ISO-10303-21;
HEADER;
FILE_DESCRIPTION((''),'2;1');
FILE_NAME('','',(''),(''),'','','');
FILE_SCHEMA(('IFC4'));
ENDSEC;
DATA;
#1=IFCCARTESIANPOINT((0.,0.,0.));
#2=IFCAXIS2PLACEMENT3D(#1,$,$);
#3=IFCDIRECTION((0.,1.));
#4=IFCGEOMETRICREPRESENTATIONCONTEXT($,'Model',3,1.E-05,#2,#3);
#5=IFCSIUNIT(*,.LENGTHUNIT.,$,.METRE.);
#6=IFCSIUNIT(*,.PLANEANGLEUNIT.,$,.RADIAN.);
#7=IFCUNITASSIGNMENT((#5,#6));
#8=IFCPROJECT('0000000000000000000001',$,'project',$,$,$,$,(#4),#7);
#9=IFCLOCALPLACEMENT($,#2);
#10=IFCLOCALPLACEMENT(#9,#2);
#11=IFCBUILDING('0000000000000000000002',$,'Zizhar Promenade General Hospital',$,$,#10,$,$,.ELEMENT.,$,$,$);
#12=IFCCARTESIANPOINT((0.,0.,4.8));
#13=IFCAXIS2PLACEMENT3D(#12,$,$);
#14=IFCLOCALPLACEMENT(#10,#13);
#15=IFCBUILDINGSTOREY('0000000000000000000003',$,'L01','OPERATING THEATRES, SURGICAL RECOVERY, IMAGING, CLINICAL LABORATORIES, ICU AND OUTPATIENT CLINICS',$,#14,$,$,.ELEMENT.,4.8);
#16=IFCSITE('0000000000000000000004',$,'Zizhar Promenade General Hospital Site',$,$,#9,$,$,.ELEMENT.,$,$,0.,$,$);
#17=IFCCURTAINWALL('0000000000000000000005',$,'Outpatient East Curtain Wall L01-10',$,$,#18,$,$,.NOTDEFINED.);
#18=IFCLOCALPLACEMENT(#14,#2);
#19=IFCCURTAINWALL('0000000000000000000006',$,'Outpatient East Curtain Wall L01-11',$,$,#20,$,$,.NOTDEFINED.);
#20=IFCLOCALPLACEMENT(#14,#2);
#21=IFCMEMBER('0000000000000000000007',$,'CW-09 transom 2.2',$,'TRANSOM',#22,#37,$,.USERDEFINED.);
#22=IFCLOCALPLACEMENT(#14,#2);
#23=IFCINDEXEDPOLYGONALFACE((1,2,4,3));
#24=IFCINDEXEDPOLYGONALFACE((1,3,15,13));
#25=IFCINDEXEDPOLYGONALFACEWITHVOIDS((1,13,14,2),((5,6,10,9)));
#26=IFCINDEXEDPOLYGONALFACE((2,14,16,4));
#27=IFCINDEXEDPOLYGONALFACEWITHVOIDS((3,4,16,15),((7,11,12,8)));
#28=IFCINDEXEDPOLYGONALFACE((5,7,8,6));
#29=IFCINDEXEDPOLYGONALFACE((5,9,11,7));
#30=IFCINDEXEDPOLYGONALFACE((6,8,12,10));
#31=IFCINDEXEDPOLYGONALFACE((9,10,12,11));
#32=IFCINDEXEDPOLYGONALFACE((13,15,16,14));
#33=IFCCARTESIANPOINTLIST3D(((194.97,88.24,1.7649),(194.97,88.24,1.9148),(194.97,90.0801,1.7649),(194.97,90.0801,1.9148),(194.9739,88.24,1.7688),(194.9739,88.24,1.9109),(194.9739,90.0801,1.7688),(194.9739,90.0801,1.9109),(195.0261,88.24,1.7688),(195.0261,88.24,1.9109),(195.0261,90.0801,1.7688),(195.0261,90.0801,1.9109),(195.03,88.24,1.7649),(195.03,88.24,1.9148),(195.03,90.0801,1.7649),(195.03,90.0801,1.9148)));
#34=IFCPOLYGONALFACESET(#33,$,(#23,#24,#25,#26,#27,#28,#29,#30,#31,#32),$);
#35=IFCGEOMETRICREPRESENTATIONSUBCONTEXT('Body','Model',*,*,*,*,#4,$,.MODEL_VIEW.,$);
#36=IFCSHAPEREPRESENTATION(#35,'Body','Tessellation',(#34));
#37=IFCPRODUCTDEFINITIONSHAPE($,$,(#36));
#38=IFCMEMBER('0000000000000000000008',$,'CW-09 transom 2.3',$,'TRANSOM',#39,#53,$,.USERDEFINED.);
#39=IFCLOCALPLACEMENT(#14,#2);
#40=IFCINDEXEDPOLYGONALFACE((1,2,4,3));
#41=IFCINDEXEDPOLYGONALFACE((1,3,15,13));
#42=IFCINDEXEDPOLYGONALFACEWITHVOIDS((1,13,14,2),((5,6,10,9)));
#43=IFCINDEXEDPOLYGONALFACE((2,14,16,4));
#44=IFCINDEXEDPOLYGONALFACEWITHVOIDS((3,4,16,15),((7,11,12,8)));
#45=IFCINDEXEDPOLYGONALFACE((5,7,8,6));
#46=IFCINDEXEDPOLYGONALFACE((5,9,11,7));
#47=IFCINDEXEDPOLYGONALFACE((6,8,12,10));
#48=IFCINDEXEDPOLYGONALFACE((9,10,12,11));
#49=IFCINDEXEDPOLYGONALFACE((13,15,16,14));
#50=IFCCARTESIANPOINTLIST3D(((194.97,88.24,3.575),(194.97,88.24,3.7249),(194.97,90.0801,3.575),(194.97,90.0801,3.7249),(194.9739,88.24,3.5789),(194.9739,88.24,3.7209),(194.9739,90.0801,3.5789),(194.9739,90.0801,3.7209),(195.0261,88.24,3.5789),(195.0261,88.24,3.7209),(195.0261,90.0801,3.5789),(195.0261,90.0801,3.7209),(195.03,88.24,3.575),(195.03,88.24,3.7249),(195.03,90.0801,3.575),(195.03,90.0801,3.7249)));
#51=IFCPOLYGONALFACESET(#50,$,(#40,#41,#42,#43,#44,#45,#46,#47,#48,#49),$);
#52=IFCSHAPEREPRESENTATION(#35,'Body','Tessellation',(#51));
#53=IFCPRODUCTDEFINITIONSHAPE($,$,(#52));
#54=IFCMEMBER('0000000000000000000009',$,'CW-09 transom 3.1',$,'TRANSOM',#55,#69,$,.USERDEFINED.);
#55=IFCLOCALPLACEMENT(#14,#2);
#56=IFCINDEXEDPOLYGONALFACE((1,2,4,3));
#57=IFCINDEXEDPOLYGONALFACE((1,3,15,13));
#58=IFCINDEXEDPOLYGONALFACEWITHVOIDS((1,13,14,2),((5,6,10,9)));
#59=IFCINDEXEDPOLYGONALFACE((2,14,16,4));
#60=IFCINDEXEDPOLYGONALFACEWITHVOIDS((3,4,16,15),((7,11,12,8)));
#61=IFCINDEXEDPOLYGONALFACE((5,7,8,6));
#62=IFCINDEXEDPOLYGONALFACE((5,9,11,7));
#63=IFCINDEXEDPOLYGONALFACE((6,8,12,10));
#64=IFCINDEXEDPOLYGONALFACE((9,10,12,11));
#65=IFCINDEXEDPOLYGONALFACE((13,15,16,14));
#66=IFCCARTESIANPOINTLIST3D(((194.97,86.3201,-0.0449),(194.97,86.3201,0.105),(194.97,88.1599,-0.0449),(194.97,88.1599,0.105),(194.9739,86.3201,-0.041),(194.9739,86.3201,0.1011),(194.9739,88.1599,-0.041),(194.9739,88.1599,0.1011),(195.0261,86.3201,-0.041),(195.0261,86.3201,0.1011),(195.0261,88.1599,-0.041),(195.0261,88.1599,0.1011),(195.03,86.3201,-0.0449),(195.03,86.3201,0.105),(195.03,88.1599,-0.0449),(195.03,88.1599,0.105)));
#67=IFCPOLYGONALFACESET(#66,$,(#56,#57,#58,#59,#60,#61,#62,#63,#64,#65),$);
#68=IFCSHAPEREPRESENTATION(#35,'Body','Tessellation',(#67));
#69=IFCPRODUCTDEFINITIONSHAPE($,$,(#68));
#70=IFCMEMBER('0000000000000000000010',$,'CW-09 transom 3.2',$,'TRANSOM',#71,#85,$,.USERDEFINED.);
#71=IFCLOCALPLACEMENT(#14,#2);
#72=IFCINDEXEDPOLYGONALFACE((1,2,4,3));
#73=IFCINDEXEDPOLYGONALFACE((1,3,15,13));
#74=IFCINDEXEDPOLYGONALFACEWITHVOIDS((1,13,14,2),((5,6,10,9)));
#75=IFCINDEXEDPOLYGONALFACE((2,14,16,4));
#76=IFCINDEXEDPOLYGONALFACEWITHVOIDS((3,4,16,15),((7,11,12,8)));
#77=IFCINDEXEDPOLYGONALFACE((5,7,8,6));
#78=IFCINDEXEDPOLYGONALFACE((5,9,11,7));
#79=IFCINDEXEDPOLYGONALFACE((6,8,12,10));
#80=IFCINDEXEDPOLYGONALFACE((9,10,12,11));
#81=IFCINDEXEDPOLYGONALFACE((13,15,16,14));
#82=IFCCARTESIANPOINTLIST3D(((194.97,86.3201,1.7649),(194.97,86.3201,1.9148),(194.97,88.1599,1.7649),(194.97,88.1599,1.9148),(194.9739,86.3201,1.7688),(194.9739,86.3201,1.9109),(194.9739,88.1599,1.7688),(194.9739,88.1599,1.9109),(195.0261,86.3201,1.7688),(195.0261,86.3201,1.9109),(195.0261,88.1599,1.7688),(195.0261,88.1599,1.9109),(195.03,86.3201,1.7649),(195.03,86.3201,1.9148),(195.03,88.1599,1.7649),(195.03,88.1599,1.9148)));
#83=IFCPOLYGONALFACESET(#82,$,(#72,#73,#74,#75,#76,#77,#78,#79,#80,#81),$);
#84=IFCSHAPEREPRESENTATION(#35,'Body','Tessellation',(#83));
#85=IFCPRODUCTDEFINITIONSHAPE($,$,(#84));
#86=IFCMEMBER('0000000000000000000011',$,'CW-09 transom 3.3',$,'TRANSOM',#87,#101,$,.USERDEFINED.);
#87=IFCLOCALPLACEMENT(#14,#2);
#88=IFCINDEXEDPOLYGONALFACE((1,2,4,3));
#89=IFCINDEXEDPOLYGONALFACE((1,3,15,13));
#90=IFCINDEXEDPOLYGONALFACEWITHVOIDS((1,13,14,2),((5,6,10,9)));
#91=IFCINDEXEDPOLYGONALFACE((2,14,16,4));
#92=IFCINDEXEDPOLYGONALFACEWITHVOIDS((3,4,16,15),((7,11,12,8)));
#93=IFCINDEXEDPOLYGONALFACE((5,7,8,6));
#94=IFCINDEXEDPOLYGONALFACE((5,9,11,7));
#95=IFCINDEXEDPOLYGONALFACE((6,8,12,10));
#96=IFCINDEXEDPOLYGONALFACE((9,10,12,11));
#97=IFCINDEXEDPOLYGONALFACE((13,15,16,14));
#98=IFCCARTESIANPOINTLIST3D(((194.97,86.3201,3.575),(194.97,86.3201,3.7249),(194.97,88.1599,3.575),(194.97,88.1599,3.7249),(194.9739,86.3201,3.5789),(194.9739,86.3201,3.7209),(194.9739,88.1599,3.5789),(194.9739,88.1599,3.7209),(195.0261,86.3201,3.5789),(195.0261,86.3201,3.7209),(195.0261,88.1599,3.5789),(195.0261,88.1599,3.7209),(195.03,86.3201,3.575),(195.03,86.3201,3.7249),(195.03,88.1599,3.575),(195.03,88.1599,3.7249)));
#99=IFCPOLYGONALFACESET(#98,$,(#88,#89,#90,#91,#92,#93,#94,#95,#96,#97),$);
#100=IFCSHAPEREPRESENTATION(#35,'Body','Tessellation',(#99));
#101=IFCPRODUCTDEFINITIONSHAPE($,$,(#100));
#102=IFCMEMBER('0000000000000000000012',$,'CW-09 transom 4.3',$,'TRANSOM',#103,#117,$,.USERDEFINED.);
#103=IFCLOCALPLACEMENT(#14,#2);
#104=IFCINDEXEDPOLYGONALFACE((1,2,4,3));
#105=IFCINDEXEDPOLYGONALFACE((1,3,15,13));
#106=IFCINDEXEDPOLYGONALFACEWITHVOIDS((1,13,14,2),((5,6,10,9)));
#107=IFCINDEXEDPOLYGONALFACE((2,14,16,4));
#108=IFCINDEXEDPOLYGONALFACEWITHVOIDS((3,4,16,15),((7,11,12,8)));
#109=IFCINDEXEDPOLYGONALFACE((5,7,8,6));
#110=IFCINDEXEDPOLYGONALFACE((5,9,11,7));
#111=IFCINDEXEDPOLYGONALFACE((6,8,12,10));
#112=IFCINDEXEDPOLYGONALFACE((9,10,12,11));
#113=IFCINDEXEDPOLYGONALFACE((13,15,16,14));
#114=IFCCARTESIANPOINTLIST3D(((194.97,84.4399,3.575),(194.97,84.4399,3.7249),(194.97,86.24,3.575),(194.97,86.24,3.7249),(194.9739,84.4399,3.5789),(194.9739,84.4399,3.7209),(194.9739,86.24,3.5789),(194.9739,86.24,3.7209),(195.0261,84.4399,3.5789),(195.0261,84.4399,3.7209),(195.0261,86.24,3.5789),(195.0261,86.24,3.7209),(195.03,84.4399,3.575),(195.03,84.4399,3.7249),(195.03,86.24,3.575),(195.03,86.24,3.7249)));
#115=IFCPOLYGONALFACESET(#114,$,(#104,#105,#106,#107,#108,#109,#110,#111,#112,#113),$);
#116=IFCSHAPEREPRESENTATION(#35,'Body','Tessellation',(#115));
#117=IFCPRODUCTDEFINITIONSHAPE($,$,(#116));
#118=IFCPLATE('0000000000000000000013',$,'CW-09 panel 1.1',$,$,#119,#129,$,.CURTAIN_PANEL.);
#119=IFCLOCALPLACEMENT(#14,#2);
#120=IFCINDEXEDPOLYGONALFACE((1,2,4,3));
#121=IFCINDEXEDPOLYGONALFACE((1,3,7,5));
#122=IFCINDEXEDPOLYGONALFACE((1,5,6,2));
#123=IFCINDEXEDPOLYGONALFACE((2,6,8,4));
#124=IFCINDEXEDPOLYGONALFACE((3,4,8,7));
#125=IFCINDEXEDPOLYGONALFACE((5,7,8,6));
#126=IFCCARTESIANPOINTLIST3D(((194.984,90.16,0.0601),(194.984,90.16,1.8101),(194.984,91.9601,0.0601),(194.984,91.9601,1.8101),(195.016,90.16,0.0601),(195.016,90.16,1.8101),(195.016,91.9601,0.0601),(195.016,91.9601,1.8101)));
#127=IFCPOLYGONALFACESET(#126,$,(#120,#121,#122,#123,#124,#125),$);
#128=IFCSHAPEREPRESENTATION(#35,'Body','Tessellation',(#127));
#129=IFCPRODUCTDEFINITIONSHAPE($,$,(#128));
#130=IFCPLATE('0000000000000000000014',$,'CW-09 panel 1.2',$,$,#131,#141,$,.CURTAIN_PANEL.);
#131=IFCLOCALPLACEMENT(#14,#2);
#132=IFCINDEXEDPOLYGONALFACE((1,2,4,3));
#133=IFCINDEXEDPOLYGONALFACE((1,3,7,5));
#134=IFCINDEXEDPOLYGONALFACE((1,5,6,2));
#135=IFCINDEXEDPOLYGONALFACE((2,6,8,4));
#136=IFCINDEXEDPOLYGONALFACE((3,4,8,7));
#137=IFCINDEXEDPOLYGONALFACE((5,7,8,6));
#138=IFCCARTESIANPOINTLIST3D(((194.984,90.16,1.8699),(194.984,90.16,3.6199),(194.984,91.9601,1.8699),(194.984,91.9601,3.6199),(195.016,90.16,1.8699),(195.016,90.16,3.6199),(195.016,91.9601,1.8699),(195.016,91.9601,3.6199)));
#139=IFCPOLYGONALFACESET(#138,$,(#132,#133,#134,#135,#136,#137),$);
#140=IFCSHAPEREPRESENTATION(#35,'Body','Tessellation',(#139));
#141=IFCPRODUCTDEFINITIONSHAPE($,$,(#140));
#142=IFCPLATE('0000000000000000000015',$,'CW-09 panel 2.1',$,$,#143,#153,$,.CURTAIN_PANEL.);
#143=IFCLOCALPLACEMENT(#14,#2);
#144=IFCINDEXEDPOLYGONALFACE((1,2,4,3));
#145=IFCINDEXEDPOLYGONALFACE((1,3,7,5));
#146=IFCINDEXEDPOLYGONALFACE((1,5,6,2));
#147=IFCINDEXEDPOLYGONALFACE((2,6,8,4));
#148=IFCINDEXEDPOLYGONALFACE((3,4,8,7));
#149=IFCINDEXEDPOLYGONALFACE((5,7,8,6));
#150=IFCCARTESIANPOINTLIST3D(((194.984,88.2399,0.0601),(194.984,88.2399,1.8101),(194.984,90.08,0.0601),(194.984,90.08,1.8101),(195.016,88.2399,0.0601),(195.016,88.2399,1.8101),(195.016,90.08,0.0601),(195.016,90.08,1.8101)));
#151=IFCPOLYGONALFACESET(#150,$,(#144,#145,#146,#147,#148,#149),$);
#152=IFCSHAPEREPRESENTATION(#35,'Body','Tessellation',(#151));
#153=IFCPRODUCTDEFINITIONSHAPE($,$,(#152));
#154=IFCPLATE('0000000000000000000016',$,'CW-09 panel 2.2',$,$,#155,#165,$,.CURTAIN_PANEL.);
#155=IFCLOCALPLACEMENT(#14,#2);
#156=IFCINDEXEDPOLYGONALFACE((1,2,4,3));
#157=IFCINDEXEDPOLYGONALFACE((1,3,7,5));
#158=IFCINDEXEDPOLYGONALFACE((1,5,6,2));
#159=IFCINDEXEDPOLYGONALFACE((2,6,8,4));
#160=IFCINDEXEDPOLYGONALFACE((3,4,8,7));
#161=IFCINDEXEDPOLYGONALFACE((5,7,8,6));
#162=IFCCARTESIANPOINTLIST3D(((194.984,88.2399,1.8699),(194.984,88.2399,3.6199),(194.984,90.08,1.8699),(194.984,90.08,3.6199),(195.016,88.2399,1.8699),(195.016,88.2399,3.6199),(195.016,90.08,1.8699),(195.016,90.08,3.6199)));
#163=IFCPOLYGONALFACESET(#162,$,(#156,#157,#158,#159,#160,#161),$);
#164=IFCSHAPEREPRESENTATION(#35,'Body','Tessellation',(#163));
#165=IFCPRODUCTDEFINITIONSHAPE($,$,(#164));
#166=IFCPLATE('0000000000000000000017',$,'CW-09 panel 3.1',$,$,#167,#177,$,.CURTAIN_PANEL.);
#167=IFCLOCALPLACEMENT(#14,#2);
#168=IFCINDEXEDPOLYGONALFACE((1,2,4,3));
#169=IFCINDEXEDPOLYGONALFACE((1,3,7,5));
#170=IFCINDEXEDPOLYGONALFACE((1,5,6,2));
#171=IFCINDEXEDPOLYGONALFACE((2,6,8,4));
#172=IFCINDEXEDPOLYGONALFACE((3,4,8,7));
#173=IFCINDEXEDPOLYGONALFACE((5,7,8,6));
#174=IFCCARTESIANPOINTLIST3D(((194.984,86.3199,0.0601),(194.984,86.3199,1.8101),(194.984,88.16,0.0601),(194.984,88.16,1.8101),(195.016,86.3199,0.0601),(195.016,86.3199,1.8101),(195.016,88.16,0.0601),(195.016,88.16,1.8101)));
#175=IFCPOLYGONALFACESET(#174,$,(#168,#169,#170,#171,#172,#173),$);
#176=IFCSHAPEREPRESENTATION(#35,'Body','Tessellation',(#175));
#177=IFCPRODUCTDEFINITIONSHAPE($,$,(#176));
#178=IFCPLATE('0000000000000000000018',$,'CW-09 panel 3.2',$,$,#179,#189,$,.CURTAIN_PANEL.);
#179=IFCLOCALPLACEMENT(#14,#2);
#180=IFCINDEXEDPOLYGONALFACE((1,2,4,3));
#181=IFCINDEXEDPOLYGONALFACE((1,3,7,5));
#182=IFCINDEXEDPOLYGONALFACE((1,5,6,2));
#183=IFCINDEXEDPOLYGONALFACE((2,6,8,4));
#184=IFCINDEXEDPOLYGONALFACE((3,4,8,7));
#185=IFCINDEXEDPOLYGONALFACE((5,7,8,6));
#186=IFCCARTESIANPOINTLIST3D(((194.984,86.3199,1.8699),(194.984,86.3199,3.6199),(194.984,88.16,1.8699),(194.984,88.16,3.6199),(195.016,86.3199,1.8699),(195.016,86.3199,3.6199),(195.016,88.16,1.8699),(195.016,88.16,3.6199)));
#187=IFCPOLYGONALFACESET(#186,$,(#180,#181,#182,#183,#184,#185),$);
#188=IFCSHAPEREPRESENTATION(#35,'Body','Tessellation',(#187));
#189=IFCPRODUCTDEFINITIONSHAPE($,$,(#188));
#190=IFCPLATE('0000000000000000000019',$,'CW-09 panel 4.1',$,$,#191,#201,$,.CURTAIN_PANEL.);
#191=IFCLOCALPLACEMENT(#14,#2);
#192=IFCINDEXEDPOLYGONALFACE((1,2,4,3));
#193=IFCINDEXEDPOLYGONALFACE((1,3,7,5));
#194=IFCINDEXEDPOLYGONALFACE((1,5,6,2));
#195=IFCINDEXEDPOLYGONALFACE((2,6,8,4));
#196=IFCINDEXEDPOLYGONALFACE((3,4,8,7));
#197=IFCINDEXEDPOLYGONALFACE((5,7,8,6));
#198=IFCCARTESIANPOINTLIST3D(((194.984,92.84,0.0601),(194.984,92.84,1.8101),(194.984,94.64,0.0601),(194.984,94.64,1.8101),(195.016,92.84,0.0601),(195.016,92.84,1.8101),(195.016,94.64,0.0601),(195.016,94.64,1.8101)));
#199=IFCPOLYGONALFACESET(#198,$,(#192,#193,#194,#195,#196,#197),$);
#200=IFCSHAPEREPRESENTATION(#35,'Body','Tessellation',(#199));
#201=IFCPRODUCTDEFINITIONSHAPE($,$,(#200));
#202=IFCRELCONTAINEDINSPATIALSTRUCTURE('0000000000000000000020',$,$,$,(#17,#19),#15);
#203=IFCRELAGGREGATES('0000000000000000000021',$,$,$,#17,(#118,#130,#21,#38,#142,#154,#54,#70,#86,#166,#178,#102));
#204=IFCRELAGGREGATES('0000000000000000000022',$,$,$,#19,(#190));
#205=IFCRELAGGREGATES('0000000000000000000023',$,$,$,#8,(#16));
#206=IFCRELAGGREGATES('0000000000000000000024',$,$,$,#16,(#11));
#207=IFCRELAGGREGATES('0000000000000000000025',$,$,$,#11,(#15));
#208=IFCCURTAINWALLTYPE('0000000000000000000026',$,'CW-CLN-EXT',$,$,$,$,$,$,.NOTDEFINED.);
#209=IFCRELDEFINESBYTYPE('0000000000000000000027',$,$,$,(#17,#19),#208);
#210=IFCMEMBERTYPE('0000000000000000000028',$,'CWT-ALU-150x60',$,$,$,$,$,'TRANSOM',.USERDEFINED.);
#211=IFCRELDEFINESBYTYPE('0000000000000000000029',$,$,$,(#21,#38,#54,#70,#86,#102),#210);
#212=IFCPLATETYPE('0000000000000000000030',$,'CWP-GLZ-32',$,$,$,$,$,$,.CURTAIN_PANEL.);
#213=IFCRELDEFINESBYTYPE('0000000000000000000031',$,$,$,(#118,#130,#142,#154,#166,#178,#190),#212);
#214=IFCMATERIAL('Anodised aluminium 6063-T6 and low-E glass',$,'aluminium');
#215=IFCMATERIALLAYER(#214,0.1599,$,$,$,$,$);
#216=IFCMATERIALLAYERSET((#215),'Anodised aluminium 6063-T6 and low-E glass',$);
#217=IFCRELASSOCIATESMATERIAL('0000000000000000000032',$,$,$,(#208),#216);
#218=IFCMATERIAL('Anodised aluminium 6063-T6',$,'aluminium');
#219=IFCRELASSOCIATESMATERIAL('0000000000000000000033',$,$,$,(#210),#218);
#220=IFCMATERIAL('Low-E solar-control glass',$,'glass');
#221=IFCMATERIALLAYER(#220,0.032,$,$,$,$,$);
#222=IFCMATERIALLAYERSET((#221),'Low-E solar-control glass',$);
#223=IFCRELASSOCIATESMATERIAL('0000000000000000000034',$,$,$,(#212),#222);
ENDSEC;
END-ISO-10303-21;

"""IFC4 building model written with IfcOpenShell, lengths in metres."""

from ifc_helpers import new_model, si_unit, direction, frame, origin, origin_2d, place, context, subcontext, project, spatial, rectangle, hollow_rectangle, extrude, material, layer, layer_set, material_profile, profile_set, type_object, element, aggregate, save


model = new_model("IFC4")

# Units and contexts
model_context = context("Model", 3, precision=1e-05, world=origin(), true_north=direction((0.0, 1.0)))
body_context = subcontext(model_context, "Body", "Model", "MODEL_VIEW")
ifc_project = project(units=[si_unit("LENGTHUNIT", "METRE"), si_unit("PLANEANGLEUNIT", "RADIAN")], contexts=[model_context])

# Site, building, storey
site_placement = place(None, origin())
site = spatial("IfcSite", under=ifc_project, at=site_placement, Name="Zizhar Promenade General Hospital Site", CompositionType="ELEMENT", RefElevation=0.0)
building_placement = place(site_placement, origin())
building = spatial("IfcBuilding", under=site, at=building_placement, Name="Zizhar Promenade General Hospital", CompositionType="ELEMENT")
storey_placement = place(building_placement, frame((0.0, 0.0, 4.8)))
storey = spatial("IfcBuildingStorey", under=building, at=storey_placement, Name="L01", Description="OPERATING THEATRES, SURGICAL RECOVERY, IMAGING, CLINICAL LABORATORIES, ICU AND OUTPATIENT CLINICS", CompositionType="ELEMENT", Elevation=4.8)

# Curtain wall
ifc_material_1 = material(Name="Anodised aluminium 6063-T6 and low-E glass", Category="aluminium")
ifc_layer_1 = layer(ifc_material_1, 0.1599)
ifc_layer_set_1 = layer_set([ifc_layer_1], Name="Anodised aluminium 6063-T6 and low-E glass")
curtain_wall_type = type_object("IfcCurtainWallType", Name="CW-CLN-EXT", PredefinedType="NOTDEFINED", material=ifc_layer_set_1)
curtain_wall_1_placement = place(storey_placement, origin())
curtain_wall_1 = element("IfcCurtainWall", 1, at=curtain_wall_1_placement, inside=storey, type_object=curtain_wall_type, Name="Outpatient East Curtain Wall L01-10", PredefinedType="NOTDEFINED")

# Curtain wall
curtain_wall_2_placement = place(storey_placement, origin())
curtain_wall_2 = element("IfcCurtainWall", 2, at=curtain_wall_2_placement, inside=storey, type_object=curtain_wall_type, Name="Outpatient East Curtain Wall L01-11", PredefinedType="NOTDEFINED")

# Members
ifc_material_2 = material(Name="Anodised aluminium 6063-T6", Category="aluminium")
ifc_material_profile_1 = material_profile(ifc_material_2, hollow_rectangle(XDim=0.0601, YDim=0.1499, WallThickness=0.0039, at=origin_2d()))
ifc_profile_set_1 = profile_set([ifc_material_profile_1], Name="Anodised aluminium 6063-T6")
member_type_1 = type_object("IfcMemberType", Name="CWT-ALU-150x60", ElementType="TRANSOM", PredefinedType="USERDEFINED", material=ifc_profile_set_1)
member_1_placement = place(storey_placement, frame((195.0, 90.0801, 1.8398), z_axis=(0.0, -1.0, 0.0), x_axis=(1.0, 0.0, 0.0)))
member_1 = element("IfcMember", 3, at=member_1_placement, type_object=member_type_1, Name="CW-09 transom 2.2", ObjectType="TRANSOM", PredefinedType="USERDEFINED", context=body_context, shape_type="SweptSolid", body=[
    extrude(hollow_rectangle(XDim=0.0601, YDim=0.1499, WallThickness=0.0039, at=origin_2d()), origin(), (0.0, 0.0, 1.0), 1.8401),
])
member_2_placement = place(storey_placement, frame((195.0, 90.0801, 3.6499), z_axis=(0.0, -1.0, 0.0), x_axis=(1.0, 0.0, 0.0)))
member_2 = element("IfcMember", 4, at=member_2_placement, type_object=member_type_1, Name="CW-09 transom 2.3", ObjectType="TRANSOM", PredefinedType="USERDEFINED", context=body_context, shape_type="SweptSolid", body=[
    extrude(hollow_rectangle(XDim=0.0601, YDim=0.1499, WallThickness=0.0039, at=origin_2d()), origin(), (0.0, 0.0, 1.0), 1.8401),
])
member_3_placement = place(storey_placement, frame((195.0, 88.1599, 0.03), z_axis=(0.0, -1.0, 0.0), x_axis=(1.0, 0.0, 0.0)))
member_3 = element("IfcMember", 5, at=member_3_placement, type_object=member_type_1, Name="CW-09 transom 3.1", ObjectType="TRANSOM", PredefinedType="USERDEFINED", context=body_context, shape_type="SweptSolid", body=[
    extrude(hollow_rectangle(XDim=0.0601, YDim=0.1499, WallThickness=0.0039, at=origin_2d()), origin(), (0.0, 0.0, 1.0), 1.8398),
])
member_4_placement = place(storey_placement, frame((195.0, 88.1599, 1.8398), z_axis=(0.0, -1.0, 0.0), x_axis=(1.0, 0.0, 0.0)))
member_4 = element("IfcMember", 6, at=member_4_placement, type_object=member_type_1, Name="CW-09 transom 3.2", ObjectType="TRANSOM", PredefinedType="USERDEFINED", context=body_context, shape_type="SweptSolid", body=[
    extrude(hollow_rectangle(XDim=0.0601, YDim=0.1499, WallThickness=0.0039, at=origin_2d()), origin(), (0.0, 0.0, 1.0), 1.8398),
])
member_5_placement = place(storey_placement, frame((195.0, 88.1599, 3.6499), z_axis=(0.0, -1.0, 0.0), x_axis=(1.0, 0.0, 0.0)))
member_5 = element("IfcMember", 7, at=member_5_placement, type_object=member_type_1, Name="CW-09 transom 3.3", ObjectType="TRANSOM", PredefinedType="USERDEFINED", context=body_context, shape_type="SweptSolid", body=[
    extrude(hollow_rectangle(XDim=0.0601, YDim=0.1499, WallThickness=0.0039, at=origin_2d()), origin(), (0.0, 0.0, 1.0), 1.8398),
])
member_6_placement = place(storey_placement, frame((195.0, 86.24, 3.6499), z_axis=(0.0, -1.0, 0.0), x_axis=(1.0, 0.0, 0.0)))
member_6 = element("IfcMember", 8, at=member_6_placement, type_object=member_type_1, Name="CW-09 transom 4.3", ObjectType="TRANSOM", PredefinedType="USERDEFINED", context=body_context, shape_type="SweptSolid", body=[
    extrude(hollow_rectangle(XDim=0.0601, YDim=0.1499, WallThickness=0.0039, at=origin_2d()), origin(), (0.0, 0.0, 1.0), 1.8),
])

# Plates
ifc_material_3 = material(Name="Low-E solar-control glass", Category="glass")
ifc_layer_2 = layer(ifc_material_3, 0.032)
ifc_layer_set_2 = layer_set([ifc_layer_2], Name="Low-E solar-control glass")
plate_type = type_object("IfcPlateType", Name="CWP-GLZ-32", PredefinedType="CURTAIN_PANEL", material=ifc_layer_set_2)
plate_1_placement = place(storey_placement, frame((195.0, 91.0601, 0.0601), z_axis=(0.0, 0.0, 1.0), x_axis=(0.0, -1.0, 0.0)))
plate_1 = element("IfcPlate", 9, at=plate_1_placement, type_object=plate_type, Name="CW-09 panel 1.1", PredefinedType="CURTAIN_PANEL", context=body_context, shape_type="SweptSolid", body=[
    extrude(rectangle(XDim=1.8, YDim=0.032, at=origin_2d()), origin(), (0.0, 0.0, 1.0), 1.75),
])
plate_2_placement = place(storey_placement, frame((195.0, 91.0601, 1.8699), z_axis=(0.0, 0.0, 1.0), x_axis=(0.0, -1.0, 0.0)))
plate_2 = element("IfcPlate", 10, at=plate_2_placement, type_object=plate_type, Name="CW-09 panel 1.2", PredefinedType="CURTAIN_PANEL", context=body_context, shape_type="SweptSolid", body=[
    extrude(rectangle(XDim=1.8, YDim=0.032, at=origin_2d()), origin(), (0.0, 0.0, 1.0), 1.75),
])
plate_3_placement = place(storey_placement, frame((195.0, 89.1599, 0.0601), z_axis=(0.0, 0.0, 1.0), x_axis=(0.0, -1.0, 0.0)))
plate_3 = element("IfcPlate", 11, at=plate_3_placement, type_object=plate_type, Name="CW-09 panel 2.1", PredefinedType="CURTAIN_PANEL", context=body_context, shape_type="SweptSolid", body=[
    extrude(rectangle(XDim=1.8401, YDim=0.032, at=origin_2d()), origin(), (0.0, 0.0, 1.0), 1.75),
])
plate_4_placement = place(storey_placement, frame((195.0, 89.1599, 1.8699), z_axis=(0.0, 0.0, 1.0), x_axis=(0.0, -1.0, 0.0)))
plate_4 = element("IfcPlate", 12, at=plate_4_placement, type_object=plate_type, Name="CW-09 panel 2.2", PredefinedType="CURTAIN_PANEL", context=body_context, shape_type="SweptSolid", body=[
    extrude(rectangle(XDim=1.8401, YDim=0.032, at=origin_2d()), origin(), (0.0, 0.0, 1.0), 1.75),
])
plate_5_placement = place(storey_placement, frame((195.0, 87.24, 0.0601), z_axis=(0.0, 0.0, 1.0), x_axis=(0.0, -1.0, 0.0)))
plate_5 = element("IfcPlate", 13, at=plate_5_placement, type_object=plate_type, Name="CW-09 panel 3.1", PredefinedType="CURTAIN_PANEL", context=body_context, shape_type="SweptSolid", body=[
    extrude(rectangle(XDim=1.8401, YDim=0.032, at=origin_2d()), origin(), (0.0, 0.0, 1.0), 1.75),
])
plate_6_placement = place(storey_placement, frame((195.0, 87.24, 1.8699), z_axis=(0.0, 0.0, 1.0), x_axis=(0.0, -1.0, 0.0)))
plate_6 = element("IfcPlate", 14, at=plate_6_placement, type_object=plate_type, Name="CW-09 panel 3.2", PredefinedType="CURTAIN_PANEL", context=body_context, shape_type="SweptSolid", body=[
    extrude(rectangle(XDim=1.8401, YDim=0.032, at=origin_2d()), origin(), (0.0, 0.0, 1.0), 1.75),
])
aggregate(curtain_wall_1, [plate_1, plate_2, member_1, member_2, plate_3, plate_4, member_3, member_4, member_5, plate_5, plate_6, member_6])
plate_7_placement = place(storey_placement, frame((195.0, 93.74, 0.0601), z_axis=(0.0, 0.0, 1.0), x_axis=(0.0, -1.0, 0.0)))
plate_7 = element("IfcPlate", 15, at=plate_7_placement, type_object=plate_type, Name="CW-09 panel 4.1", PredefinedType="CURTAIN_PANEL", context=body_context, shape_type="SweptSolid", body=[
    extrude(rectangle(XDim=1.8, YDim=0.032, at=origin_2d()), origin(), (0.0, 0.0, 1.0), 1.75),
])
aggregate(curtain_wall_2, [plate_7])

save(model, "model.ifc")
